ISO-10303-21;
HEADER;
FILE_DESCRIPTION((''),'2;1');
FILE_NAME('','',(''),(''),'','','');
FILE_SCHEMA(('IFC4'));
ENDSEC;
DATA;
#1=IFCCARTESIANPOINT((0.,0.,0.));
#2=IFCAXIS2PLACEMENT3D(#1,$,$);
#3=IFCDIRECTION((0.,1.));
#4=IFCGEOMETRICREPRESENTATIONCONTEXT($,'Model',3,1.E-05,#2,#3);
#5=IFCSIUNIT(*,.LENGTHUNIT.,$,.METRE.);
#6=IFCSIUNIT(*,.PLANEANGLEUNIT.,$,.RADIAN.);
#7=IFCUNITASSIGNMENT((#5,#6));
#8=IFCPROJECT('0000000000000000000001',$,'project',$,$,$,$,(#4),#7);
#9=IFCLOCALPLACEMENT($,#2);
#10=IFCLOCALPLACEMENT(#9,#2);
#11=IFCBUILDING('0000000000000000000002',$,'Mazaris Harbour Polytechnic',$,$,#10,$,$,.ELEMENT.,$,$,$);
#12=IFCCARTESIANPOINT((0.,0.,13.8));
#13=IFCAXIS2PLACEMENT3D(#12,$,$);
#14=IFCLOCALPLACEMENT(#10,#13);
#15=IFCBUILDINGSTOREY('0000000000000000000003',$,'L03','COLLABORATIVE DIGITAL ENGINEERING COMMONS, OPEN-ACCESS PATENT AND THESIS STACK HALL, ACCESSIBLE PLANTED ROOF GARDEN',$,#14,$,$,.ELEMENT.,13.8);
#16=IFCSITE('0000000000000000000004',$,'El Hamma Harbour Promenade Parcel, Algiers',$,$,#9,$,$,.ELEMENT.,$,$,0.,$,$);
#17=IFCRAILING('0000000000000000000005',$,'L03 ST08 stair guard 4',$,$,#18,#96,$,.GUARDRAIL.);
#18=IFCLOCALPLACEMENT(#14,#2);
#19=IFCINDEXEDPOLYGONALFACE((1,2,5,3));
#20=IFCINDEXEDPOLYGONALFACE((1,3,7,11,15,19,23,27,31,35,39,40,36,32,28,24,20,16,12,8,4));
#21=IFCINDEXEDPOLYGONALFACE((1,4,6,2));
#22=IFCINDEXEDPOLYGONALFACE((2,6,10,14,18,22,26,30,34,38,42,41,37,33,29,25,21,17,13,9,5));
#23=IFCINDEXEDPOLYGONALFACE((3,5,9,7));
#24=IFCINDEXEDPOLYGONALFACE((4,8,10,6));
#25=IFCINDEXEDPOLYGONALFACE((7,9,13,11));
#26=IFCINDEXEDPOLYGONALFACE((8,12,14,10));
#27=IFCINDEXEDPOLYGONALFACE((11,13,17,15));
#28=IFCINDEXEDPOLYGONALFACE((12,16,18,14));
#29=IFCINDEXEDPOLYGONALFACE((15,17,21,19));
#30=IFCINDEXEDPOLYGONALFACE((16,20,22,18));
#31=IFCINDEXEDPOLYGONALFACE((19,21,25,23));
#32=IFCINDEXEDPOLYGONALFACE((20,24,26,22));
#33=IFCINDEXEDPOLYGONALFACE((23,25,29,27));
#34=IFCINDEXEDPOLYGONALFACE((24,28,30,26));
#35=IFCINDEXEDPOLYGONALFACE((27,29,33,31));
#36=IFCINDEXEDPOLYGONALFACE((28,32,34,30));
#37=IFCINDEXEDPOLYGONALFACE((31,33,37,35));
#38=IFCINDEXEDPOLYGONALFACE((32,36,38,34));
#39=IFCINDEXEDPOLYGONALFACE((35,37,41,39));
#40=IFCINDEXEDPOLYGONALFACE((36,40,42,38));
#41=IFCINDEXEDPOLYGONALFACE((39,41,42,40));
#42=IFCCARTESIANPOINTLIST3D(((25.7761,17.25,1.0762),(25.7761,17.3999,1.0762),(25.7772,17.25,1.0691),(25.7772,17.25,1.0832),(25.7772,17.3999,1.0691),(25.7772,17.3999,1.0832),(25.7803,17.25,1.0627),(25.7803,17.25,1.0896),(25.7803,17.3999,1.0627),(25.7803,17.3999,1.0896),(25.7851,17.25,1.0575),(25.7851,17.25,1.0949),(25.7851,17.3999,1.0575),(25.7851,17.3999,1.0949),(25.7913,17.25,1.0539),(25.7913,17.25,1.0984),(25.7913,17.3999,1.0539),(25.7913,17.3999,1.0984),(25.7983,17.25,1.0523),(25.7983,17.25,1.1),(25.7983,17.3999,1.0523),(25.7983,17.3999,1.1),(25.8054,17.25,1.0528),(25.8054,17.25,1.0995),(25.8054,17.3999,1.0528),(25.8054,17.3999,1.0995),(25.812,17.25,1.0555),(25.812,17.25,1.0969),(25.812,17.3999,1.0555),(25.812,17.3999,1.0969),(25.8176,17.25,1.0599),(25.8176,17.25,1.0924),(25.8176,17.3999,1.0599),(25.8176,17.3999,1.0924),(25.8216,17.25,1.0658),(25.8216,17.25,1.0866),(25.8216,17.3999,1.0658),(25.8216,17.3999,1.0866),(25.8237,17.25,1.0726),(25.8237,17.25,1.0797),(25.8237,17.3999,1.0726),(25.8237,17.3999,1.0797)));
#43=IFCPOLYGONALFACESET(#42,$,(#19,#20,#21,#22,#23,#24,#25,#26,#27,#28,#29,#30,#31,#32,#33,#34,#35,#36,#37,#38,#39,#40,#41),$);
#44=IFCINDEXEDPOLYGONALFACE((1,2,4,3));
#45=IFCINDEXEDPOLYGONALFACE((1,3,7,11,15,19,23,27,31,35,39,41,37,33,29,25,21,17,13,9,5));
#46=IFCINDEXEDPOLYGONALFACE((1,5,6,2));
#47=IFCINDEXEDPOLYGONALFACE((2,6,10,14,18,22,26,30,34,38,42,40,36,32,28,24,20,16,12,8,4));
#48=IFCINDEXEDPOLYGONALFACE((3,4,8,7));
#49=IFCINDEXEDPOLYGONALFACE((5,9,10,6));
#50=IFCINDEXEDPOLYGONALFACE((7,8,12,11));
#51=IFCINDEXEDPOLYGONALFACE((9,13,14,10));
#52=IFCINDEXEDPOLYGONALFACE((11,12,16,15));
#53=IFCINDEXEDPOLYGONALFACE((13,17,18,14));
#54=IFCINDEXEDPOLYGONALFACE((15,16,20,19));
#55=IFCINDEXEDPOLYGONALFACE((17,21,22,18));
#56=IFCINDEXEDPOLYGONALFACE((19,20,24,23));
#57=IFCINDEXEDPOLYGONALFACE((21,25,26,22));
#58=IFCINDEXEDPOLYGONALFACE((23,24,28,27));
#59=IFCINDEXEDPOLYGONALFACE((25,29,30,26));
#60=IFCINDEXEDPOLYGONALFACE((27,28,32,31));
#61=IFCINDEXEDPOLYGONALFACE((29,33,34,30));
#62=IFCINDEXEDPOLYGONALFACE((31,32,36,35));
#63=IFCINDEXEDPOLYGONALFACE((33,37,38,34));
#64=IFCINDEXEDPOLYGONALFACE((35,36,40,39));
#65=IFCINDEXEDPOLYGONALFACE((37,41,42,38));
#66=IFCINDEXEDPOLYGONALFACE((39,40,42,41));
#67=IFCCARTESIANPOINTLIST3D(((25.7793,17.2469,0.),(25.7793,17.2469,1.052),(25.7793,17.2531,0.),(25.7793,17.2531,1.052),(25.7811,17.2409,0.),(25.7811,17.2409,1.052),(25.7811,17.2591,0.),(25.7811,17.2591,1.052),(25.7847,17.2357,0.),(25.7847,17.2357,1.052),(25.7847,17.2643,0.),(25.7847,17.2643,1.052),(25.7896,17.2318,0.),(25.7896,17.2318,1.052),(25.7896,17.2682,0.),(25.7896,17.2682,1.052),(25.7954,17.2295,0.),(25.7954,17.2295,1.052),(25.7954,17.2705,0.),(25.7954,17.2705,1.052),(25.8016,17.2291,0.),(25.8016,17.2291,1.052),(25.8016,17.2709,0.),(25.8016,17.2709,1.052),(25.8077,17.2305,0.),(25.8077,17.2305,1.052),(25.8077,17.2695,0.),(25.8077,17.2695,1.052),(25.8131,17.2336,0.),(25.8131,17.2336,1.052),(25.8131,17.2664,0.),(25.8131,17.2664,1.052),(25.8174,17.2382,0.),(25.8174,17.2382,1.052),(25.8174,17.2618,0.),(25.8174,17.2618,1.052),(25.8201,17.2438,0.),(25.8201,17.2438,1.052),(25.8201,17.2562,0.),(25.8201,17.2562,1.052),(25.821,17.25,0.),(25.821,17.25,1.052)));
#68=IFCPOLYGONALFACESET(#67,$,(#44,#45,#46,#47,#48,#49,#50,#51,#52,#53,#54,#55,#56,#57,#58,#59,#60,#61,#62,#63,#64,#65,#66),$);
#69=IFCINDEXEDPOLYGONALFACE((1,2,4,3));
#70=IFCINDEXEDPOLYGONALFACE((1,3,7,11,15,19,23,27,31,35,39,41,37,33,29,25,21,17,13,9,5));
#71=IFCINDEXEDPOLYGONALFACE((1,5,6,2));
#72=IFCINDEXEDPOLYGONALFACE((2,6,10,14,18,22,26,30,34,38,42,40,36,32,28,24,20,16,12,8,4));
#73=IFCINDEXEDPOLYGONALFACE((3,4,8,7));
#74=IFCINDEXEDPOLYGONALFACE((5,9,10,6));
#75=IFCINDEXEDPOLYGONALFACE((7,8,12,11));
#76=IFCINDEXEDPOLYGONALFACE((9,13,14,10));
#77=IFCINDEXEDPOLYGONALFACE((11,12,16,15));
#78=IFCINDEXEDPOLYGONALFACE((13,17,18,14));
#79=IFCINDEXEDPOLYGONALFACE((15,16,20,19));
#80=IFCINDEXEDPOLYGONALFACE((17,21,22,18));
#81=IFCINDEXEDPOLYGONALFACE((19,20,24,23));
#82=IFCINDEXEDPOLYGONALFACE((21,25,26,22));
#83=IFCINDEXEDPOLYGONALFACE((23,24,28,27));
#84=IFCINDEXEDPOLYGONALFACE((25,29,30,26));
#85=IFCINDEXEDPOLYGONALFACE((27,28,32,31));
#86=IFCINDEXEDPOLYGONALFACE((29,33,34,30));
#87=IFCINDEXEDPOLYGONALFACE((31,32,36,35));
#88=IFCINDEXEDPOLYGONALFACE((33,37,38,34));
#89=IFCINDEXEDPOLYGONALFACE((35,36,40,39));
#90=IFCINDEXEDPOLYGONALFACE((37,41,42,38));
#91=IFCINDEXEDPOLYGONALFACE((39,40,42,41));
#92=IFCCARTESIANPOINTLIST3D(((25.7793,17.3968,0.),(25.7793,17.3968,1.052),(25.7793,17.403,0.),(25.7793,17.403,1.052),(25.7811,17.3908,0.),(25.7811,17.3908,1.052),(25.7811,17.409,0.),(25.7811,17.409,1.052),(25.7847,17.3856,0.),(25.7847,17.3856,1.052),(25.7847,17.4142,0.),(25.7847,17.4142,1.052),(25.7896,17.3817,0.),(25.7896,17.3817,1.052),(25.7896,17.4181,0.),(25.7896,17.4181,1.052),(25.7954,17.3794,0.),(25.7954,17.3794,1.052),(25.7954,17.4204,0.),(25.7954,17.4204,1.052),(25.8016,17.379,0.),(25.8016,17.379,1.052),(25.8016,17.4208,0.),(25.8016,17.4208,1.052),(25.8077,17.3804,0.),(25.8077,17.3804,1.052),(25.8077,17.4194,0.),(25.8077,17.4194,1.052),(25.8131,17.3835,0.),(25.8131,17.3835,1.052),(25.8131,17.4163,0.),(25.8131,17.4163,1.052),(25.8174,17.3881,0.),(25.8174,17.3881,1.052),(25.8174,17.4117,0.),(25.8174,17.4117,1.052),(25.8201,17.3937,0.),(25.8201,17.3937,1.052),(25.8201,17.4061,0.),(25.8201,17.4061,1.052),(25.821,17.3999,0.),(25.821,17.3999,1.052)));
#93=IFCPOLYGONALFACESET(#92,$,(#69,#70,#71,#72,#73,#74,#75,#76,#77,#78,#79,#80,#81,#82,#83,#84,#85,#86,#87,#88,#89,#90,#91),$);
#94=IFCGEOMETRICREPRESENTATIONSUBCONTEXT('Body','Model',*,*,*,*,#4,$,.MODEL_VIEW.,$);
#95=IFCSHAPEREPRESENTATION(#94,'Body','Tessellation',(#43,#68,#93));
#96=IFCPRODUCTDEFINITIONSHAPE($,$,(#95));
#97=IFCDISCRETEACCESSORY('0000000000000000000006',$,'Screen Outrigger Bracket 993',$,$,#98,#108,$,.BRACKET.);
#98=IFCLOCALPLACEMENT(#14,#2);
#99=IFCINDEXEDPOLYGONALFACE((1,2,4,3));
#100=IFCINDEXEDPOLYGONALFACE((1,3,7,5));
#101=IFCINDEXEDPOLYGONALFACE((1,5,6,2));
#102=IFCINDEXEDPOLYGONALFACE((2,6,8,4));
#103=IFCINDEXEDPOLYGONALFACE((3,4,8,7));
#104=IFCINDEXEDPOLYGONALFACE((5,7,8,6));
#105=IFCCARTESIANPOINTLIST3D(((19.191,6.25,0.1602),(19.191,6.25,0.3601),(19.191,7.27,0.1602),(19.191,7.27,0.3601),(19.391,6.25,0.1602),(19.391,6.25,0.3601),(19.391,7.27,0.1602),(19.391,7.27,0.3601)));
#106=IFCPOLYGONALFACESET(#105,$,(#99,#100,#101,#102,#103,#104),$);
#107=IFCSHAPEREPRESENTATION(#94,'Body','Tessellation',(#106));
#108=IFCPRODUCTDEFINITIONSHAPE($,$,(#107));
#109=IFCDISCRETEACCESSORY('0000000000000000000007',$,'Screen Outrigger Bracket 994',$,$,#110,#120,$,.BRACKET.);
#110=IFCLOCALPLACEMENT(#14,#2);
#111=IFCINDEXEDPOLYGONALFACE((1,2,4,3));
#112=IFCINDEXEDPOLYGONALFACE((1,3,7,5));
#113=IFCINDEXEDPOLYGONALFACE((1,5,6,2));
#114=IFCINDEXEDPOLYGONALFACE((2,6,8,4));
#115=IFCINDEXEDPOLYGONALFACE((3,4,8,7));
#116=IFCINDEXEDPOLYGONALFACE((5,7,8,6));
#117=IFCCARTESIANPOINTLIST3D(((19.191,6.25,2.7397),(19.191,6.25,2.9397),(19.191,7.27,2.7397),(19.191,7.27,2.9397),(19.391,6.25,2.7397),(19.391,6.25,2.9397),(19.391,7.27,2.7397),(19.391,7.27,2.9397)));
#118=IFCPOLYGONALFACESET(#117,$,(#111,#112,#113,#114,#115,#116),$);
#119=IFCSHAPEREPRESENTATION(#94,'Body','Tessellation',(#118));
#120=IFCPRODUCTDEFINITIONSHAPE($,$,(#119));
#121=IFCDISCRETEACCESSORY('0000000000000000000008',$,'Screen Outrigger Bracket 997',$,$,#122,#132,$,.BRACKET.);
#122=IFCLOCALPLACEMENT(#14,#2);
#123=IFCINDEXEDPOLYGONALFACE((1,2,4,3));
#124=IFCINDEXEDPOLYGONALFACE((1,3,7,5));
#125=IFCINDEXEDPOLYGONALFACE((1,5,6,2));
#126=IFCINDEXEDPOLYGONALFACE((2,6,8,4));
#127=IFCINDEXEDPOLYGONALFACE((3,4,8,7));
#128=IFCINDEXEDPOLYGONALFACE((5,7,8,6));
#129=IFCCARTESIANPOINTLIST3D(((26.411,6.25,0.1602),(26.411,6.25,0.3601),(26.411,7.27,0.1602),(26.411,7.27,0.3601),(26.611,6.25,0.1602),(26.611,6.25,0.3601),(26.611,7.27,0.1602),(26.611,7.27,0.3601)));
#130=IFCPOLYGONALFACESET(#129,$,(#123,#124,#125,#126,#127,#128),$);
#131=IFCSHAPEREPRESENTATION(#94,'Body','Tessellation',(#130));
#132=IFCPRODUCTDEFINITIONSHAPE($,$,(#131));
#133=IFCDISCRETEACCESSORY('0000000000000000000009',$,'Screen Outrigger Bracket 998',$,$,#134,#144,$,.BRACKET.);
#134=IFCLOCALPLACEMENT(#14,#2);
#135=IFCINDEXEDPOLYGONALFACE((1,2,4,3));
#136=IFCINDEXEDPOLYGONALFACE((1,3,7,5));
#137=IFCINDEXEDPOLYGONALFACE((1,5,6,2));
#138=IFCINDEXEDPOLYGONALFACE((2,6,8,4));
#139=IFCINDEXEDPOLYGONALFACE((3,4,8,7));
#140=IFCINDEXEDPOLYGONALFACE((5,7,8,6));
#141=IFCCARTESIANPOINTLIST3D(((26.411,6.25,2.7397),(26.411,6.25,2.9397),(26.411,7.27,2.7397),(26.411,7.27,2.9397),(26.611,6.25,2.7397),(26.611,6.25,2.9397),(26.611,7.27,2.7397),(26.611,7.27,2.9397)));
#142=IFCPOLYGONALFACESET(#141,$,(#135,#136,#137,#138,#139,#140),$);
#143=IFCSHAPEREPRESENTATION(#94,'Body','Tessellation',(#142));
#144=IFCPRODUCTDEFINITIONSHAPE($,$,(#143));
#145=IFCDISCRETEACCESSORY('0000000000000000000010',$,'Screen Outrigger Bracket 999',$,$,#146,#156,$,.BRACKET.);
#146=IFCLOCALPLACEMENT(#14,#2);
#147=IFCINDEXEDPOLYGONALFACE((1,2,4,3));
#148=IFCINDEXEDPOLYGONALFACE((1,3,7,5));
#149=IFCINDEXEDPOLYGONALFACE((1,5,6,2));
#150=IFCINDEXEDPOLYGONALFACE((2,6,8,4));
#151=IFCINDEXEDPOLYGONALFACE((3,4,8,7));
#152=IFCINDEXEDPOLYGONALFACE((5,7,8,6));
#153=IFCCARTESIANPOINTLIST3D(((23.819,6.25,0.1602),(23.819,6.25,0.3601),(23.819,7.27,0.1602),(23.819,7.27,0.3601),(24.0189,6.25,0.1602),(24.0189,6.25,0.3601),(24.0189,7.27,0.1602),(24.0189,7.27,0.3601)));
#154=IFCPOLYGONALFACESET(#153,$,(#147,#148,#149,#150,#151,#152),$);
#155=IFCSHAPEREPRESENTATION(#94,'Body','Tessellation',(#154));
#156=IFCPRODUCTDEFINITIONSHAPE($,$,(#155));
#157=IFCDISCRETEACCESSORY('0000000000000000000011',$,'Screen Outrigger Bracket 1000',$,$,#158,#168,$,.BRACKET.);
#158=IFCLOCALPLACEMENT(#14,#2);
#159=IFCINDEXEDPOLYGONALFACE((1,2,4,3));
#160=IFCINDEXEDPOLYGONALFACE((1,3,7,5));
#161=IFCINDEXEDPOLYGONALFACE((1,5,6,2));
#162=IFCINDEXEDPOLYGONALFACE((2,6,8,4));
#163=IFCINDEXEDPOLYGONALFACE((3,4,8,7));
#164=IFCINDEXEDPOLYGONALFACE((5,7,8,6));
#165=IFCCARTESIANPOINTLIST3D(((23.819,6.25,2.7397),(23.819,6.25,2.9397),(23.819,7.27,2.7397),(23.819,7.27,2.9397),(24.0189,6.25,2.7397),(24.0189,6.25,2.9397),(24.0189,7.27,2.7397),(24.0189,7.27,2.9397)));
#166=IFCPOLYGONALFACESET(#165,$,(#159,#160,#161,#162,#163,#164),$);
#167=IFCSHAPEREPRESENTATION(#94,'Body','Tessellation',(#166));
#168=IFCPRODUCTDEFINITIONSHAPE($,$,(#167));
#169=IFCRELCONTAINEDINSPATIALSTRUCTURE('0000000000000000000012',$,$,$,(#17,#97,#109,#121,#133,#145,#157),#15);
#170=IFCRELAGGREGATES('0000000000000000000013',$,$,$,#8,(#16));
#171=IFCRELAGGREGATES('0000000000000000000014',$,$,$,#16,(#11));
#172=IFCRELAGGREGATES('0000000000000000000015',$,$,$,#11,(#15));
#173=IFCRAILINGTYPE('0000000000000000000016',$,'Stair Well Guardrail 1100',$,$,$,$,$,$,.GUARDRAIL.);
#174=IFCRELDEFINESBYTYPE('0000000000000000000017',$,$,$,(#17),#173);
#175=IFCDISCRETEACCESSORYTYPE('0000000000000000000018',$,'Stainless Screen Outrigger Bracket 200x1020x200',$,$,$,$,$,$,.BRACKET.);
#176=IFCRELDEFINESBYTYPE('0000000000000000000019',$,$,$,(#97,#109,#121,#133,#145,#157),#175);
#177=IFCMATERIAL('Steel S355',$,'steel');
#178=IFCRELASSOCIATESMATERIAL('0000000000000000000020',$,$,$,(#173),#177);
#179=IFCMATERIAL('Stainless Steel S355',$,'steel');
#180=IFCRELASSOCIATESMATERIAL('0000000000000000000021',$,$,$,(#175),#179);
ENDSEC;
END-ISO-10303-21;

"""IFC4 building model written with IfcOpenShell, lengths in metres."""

from ifc_helpers import new_model, si_unit, direction, frame, origin, origin_2d, place, context, subcontext, project, spatial, rectangle, circle, extrude, material, type_object, element, save


model = new_model("IFC4")

# Units and contexts
model_context = context("Model", 3, precision=1e-05, world=origin(), true_north=direction((0.0, 1.0)))
body_context = subcontext(model_context, "Body", "Model", "MODEL_VIEW")
ifc_project = project(units=[si_unit("LENGTHUNIT", "METRE"), si_unit("PLANEANGLEUNIT", "RADIAN")], contexts=[model_context])

# Site, building, storey
site_placement = place(None, origin())
site = spatial("IfcSite", under=ifc_project, at=site_placement, Name="El Hamma Harbour Promenade Parcel, Algiers", CompositionType="ELEMENT", RefElevation=0.0)
building_placement = place(site_placement, origin())
building = spatial("IfcBuilding", under=site, at=building_placement, Name="Mazaris Harbour Polytechnic", CompositionType="ELEMENT")
storey_placement = place(building_placement, frame((0.0, 0.0, 13.8)))
storey = spatial("IfcBuildingStorey", under=building, at=storey_placement, Name="L03", Description="COLLABORATIVE DIGITAL ENGINEERING COMMONS, OPEN-ACCESS PATENT AND THESIS STACK HALL, ACCESSIBLE PLANTED ROOF GARDEN", CompositionType="ELEMENT", Elevation=13.8)

# Railing
ifc_material_1 = material(Name="Steel S355", Category="steel")
railing_type_1 = type_object("IfcRailingType", Name="Stair Well Guardrail 1100", PredefinedType="GUARDRAIL", material=ifc_material_1)
railing_1_placement = place(storey_placement, frame((25.8, 17.25, 0.0)))
element("IfcRailing", 1, at=railing_1_placement, inside=storey, type_object=railing_type_1, Name="L03 ST08 stair guard 4", PredefinedType="GUARDRAIL", context=body_context, shape_type="SweptSolid", body=[
    extrude(circle(Radius=0.0239, at=origin_2d()), frame((0.0, 0.0, 1.0762), z_axis=(0.0, 1.0, 0.0), x_axis=(-1.0, 0.0, 0.0)), (0.0, 0.0, 1.0), 0.1499),
    extrude(circle(Radius=0.021, at=origin_2d()), origin(), (0.0, 0.0, 1.0), 1.052),
    extrude(circle(Radius=0.021, at=origin_2d()), frame((0.0, 0.1499, 0.0)), (0.0, 0.0, 1.0), 1.052),
])

# Discrete accessories
ifc_material_2 = material(Name="Stainless Steel S355", Category="steel")
discrete_accessory_type = type_object("IfcDiscreteAccessoryType", Name="Stainless Screen Outrigger Bracket 200x1020x200", PredefinedType="BRACKET", material=ifc_material_2)
for number, where, z_axis, x_axis, name in (
    (2, (19.291, 6.76, 0.1602), (0.0, 0.0, 1.0), (-1.0, 0.0, 0.0), "Screen Outrigger Bracket 993"),
    (3, (19.291, 6.76, 2.7397), (0.0, 0.0, 1.0), (-1.0, 0.0, 0.0), "Screen Outrigger Bracket 994"),
    (4, (26.511, 6.76, 0.1602), (0.0, 0.0, 1.0), (-1.0, 0.0, 0.0), "Screen Outrigger Bracket 997"),
    (5, (26.511, 6.76, 2.7397), (0.0, 0.0, 1.0), (-1.0, 0.0, 0.0), "Screen Outrigger Bracket 998"),
    (6, (23.9189, 6.76, 0.1602), (0.0, 0.0, 1.0), (-1.0, 0.0, 0.0), "Screen Outrigger Bracket 999"),
    (7, (23.9189, 6.76, 2.7397), (0.0, 0.0, 1.0), (-1.0, 0.0, 0.0), "Screen Outrigger Bracket 1000"),
):
    element("IfcDiscreteAccessory", number, at=place(storey_placement, frame(where, z_axis=z_axis, x_axis=x_axis)), inside=storey, type_object=discrete_accessory_type, Name=name, PredefinedType="BRACKET", context=body_context, shape_type="SweptSolid", body=[
        extrude(rectangle(XDim=0.2, YDim=1.02, at=origin_2d()), origin(), (0.0, 0.0, 1.0), 0.2),
    ])

save(model, "model.ifc")
